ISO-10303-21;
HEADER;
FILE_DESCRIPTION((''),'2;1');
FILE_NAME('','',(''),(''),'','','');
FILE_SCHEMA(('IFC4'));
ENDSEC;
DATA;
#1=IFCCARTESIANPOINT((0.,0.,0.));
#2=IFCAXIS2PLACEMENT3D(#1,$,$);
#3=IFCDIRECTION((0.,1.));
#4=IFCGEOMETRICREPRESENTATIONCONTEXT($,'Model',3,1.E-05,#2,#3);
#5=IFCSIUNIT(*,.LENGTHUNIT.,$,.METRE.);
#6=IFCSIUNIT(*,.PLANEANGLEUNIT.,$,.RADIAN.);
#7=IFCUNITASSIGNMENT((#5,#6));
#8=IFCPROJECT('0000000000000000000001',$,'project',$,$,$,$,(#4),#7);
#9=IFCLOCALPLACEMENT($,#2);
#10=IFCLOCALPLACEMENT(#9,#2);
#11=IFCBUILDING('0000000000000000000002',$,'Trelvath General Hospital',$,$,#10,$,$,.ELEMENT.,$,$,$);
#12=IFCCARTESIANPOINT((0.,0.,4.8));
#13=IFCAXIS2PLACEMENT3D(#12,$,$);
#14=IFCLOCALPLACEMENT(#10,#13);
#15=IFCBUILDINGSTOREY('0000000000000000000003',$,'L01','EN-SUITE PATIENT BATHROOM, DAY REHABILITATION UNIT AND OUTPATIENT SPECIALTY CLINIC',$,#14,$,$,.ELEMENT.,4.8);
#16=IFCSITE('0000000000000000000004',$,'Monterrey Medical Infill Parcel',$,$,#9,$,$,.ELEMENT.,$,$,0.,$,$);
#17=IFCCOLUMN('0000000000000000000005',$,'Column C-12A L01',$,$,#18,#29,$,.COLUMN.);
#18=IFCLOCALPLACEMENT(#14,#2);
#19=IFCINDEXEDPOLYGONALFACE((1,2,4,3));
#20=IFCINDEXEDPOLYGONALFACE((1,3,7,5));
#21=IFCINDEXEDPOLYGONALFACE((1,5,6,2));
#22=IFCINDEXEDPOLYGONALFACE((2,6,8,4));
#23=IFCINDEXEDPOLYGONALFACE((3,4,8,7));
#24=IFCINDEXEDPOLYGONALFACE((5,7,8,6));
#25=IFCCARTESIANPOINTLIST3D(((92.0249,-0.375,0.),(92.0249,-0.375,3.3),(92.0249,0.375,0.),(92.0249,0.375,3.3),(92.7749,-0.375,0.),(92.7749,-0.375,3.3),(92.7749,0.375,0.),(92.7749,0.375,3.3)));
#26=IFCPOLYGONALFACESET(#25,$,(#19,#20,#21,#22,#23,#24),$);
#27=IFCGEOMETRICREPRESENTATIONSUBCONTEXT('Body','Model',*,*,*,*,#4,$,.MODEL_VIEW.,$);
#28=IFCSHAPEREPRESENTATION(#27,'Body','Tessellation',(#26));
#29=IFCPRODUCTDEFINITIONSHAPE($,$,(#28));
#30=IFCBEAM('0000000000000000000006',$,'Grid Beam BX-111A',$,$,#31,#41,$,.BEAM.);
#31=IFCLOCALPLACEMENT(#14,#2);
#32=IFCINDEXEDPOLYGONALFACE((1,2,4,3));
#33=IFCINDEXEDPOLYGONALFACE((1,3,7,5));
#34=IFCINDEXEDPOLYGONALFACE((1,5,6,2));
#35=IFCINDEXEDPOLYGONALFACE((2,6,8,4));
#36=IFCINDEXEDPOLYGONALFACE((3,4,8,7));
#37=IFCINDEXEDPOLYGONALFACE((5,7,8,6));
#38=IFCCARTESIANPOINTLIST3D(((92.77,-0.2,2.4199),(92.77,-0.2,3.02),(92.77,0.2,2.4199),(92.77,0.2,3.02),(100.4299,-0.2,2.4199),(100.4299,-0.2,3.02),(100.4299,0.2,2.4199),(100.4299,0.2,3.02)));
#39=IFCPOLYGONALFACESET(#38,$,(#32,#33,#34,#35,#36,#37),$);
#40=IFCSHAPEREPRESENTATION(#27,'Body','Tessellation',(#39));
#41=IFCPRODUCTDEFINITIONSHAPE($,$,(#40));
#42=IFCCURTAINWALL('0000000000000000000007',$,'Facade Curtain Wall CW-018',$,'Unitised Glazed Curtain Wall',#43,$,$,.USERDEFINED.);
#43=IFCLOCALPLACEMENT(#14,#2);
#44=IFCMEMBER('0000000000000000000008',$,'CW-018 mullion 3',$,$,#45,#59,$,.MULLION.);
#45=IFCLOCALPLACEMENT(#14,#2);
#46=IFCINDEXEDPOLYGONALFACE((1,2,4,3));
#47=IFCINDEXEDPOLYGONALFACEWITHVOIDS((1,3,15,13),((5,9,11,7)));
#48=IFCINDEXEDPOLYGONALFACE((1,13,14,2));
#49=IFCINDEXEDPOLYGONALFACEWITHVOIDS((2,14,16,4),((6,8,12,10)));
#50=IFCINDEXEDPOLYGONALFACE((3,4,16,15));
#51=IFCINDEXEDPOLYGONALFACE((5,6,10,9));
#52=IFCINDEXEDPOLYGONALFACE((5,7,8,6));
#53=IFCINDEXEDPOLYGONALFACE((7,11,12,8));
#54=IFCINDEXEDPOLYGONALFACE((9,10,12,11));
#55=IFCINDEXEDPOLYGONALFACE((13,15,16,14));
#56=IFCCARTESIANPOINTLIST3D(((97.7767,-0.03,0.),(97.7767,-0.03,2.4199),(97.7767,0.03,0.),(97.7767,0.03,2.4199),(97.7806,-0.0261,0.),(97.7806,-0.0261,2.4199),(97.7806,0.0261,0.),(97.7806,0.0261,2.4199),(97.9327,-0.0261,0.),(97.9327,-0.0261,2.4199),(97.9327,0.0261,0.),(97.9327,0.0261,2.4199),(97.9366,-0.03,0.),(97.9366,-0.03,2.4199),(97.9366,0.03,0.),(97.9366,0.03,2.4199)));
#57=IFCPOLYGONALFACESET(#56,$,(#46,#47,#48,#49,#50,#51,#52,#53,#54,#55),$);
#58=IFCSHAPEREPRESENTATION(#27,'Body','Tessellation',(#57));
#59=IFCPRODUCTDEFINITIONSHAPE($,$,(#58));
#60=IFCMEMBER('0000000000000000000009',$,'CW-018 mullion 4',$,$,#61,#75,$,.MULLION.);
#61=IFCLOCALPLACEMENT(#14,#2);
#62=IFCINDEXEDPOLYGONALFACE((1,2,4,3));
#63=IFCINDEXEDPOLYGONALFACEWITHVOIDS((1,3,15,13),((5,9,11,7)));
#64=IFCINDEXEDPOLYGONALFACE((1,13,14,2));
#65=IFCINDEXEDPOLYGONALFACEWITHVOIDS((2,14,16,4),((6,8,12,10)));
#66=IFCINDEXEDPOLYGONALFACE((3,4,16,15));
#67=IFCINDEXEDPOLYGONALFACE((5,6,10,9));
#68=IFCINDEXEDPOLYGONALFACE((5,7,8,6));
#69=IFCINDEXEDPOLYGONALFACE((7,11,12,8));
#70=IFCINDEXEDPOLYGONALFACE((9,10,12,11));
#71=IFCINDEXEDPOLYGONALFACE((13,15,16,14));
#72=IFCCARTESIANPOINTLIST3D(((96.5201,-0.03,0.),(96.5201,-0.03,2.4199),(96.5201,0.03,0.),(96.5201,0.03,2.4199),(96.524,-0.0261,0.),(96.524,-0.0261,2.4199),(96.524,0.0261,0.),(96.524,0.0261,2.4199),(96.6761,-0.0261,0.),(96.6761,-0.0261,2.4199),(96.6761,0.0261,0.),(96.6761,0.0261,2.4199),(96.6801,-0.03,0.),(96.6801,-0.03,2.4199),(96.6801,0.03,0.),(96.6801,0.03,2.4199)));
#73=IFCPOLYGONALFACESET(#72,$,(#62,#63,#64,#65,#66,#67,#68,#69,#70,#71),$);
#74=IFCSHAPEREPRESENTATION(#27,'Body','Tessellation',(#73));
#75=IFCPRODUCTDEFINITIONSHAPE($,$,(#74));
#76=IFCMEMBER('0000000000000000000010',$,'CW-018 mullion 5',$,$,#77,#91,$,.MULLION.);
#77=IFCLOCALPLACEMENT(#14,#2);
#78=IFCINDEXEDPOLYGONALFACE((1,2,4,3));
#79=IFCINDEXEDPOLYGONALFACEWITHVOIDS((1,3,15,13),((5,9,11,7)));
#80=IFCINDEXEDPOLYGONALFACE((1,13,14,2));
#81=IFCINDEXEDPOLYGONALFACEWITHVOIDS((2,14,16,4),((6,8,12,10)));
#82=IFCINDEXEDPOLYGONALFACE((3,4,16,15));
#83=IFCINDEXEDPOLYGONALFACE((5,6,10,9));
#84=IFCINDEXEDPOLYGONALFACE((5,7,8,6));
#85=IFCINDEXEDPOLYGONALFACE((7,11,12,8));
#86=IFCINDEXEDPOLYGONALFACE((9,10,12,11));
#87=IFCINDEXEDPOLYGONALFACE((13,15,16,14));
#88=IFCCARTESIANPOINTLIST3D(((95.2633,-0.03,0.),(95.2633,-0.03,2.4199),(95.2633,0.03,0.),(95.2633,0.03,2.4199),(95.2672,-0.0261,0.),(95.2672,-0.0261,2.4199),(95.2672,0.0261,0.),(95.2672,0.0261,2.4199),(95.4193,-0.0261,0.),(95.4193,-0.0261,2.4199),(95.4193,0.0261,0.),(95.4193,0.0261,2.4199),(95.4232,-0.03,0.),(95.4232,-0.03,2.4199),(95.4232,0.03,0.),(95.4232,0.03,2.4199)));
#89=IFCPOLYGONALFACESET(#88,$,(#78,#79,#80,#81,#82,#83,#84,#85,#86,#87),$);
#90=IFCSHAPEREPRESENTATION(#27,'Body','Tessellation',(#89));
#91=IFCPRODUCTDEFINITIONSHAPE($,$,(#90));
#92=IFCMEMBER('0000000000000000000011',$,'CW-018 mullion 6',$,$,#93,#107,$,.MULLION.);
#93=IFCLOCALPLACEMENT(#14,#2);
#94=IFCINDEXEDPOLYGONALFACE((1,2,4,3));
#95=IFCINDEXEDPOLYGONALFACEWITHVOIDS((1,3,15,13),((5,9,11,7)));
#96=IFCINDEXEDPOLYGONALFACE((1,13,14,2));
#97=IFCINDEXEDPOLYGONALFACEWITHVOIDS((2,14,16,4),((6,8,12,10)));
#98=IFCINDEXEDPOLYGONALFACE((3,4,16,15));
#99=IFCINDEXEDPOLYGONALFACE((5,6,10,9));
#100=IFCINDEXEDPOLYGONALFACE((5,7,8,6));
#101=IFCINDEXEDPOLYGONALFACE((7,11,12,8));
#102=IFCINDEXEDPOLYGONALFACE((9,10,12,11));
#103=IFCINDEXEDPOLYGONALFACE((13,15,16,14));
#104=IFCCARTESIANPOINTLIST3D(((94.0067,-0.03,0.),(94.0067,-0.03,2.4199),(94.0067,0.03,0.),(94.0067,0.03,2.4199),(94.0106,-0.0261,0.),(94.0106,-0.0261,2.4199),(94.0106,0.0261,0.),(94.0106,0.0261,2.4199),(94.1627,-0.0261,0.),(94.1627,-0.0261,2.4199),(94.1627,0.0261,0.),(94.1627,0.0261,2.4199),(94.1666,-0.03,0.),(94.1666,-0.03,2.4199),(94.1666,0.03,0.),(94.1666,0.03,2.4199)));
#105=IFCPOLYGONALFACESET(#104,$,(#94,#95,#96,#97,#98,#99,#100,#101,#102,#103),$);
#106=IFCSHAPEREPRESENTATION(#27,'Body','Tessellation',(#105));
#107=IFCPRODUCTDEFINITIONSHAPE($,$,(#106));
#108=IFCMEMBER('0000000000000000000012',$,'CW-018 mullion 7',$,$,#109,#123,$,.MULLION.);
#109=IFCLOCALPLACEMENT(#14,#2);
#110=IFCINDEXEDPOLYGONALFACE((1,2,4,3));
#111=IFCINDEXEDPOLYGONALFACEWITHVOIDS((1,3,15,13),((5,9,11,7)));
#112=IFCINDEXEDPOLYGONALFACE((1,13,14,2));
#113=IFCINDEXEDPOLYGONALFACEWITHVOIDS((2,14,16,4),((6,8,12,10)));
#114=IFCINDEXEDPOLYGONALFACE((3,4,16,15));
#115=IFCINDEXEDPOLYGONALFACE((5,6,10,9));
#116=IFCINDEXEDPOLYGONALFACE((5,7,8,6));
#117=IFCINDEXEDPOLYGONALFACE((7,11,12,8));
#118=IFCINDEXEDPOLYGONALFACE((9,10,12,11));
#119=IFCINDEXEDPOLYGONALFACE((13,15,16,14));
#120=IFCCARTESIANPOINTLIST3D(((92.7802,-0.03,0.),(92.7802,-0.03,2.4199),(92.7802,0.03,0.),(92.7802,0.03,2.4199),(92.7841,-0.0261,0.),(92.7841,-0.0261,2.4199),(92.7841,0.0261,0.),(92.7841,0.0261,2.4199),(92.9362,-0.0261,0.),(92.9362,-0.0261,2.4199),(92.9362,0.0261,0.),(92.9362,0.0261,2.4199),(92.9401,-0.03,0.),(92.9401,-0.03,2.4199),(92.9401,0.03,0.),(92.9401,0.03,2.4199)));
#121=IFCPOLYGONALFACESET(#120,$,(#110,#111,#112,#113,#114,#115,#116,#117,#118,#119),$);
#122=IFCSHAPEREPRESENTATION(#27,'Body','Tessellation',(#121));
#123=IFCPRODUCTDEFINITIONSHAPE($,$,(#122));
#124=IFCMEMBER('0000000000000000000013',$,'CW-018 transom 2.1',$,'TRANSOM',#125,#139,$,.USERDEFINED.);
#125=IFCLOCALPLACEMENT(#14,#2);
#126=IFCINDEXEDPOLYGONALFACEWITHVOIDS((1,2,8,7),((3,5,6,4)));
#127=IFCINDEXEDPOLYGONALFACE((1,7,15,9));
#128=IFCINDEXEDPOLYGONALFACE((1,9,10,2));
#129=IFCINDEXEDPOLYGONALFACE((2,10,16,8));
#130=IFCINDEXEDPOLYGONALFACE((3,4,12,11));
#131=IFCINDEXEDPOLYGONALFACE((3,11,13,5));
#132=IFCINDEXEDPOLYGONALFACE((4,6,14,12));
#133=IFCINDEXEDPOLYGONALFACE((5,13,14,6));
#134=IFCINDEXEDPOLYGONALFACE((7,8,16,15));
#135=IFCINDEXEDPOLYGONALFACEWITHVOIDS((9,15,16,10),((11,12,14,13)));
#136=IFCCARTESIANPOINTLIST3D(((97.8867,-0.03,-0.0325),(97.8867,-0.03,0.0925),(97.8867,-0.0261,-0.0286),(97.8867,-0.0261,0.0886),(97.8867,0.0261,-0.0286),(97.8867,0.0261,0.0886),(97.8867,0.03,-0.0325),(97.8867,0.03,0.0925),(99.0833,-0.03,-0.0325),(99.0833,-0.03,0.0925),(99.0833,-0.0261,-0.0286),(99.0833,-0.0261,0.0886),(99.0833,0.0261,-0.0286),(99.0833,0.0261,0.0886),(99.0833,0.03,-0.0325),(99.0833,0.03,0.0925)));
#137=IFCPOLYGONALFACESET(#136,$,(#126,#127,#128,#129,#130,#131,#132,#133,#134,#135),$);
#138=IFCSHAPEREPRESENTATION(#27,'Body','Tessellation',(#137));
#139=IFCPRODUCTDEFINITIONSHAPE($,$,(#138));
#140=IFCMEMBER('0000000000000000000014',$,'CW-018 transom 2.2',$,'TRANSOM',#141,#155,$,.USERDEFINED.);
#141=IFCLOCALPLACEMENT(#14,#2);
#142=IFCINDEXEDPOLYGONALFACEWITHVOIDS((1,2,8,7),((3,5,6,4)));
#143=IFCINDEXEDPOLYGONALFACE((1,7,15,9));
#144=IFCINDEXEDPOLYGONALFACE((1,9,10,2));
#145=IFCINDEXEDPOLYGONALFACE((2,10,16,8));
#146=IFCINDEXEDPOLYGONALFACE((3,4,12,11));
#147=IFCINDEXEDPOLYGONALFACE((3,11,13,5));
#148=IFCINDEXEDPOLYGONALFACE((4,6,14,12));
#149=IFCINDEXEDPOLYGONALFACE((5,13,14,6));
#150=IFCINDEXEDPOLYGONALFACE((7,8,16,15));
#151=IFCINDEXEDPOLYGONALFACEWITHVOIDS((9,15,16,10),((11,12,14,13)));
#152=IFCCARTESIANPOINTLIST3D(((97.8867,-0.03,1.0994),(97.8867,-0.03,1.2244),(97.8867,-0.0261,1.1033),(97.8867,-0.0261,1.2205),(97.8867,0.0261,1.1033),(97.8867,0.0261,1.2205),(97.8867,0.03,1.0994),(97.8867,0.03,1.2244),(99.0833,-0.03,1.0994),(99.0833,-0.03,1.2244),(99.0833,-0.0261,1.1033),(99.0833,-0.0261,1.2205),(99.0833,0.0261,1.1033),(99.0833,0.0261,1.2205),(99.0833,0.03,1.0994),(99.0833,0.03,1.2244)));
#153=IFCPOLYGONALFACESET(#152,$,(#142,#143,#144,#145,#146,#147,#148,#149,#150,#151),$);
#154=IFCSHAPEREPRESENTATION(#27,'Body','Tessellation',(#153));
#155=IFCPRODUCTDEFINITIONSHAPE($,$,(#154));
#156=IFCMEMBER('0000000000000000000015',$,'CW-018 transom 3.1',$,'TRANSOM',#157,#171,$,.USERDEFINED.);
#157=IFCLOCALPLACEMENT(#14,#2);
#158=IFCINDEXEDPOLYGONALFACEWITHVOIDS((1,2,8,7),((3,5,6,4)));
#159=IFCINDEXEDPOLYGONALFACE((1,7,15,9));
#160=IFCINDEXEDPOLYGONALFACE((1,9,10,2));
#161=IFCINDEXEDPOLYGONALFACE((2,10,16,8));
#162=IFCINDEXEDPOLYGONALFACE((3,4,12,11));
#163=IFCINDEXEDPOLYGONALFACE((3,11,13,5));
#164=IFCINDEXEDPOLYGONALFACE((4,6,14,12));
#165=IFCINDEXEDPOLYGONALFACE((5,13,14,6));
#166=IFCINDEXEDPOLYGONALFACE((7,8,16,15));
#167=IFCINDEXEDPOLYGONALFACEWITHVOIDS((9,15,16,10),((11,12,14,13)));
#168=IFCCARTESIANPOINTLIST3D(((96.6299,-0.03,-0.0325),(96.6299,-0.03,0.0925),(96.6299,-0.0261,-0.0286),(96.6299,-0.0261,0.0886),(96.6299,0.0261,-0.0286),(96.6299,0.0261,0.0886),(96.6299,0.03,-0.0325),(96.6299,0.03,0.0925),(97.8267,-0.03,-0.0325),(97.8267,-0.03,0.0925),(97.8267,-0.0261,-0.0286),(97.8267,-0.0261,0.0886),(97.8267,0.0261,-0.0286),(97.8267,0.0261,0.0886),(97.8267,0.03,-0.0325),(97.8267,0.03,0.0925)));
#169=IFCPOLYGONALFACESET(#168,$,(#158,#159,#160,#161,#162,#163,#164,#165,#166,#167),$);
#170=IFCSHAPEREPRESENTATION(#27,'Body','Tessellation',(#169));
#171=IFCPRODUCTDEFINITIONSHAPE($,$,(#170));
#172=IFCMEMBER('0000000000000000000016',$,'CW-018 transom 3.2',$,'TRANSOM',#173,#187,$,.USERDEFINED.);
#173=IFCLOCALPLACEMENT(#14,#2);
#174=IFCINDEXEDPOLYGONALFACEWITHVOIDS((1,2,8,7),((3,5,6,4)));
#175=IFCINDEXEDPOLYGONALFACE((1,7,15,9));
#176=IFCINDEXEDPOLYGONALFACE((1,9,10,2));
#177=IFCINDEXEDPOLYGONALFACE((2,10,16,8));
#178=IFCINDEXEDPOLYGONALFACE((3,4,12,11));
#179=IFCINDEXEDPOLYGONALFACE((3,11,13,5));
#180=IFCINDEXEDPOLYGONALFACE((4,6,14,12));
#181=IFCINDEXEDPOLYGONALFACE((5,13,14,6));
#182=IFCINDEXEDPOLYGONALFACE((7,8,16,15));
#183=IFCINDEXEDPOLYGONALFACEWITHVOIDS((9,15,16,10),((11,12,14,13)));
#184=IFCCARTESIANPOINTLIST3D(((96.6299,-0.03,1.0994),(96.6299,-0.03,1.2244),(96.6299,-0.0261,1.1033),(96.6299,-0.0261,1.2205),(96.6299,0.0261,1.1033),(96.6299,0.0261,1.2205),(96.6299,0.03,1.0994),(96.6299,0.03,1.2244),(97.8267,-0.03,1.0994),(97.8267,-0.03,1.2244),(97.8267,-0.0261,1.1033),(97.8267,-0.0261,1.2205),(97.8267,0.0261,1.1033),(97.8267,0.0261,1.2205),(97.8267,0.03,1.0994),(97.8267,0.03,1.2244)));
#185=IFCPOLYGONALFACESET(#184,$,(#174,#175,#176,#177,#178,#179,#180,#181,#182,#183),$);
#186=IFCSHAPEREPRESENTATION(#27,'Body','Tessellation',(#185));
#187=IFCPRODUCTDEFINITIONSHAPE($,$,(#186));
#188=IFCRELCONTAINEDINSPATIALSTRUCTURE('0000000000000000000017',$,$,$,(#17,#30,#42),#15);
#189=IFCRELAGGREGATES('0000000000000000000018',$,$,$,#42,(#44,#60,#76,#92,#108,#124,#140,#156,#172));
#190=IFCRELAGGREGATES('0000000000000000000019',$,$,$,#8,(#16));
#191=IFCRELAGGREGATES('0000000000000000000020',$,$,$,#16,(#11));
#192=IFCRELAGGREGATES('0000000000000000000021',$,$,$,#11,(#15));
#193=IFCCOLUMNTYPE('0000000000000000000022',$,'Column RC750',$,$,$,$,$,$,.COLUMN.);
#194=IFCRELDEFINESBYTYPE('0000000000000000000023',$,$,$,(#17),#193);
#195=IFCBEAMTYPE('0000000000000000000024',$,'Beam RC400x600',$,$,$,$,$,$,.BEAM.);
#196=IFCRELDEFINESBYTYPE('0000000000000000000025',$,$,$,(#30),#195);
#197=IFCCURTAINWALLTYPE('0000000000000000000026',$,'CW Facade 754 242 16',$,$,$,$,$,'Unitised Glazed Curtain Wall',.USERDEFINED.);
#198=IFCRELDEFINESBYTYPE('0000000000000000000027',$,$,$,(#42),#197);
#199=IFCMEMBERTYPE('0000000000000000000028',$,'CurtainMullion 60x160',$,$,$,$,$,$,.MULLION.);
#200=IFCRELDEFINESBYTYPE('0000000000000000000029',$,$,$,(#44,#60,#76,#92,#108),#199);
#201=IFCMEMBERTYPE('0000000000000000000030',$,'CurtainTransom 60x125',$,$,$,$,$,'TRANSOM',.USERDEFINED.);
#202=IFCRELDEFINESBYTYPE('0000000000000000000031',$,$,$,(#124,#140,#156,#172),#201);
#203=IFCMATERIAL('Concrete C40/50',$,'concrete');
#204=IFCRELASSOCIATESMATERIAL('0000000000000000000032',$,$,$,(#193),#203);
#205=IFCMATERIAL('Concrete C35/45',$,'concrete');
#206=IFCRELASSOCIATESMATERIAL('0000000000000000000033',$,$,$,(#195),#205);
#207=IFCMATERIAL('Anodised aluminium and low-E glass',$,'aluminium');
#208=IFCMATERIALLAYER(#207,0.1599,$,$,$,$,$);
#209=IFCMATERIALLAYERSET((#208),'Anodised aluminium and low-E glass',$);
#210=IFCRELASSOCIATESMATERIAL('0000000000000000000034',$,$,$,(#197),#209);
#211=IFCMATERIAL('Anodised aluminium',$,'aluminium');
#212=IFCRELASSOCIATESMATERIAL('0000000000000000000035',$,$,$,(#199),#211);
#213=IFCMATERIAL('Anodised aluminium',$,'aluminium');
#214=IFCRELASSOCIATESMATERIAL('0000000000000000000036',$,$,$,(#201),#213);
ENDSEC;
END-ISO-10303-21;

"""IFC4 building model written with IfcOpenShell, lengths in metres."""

from ifc_helpers import new_model, si_unit, direction, frame, origin, origin_2d, place, context, subcontext, project, spatial, rectangle, hollow_rectangle, extrude, material, layer, layer_set, material_profile, profile_set, type_object, element, aggregate, save


model = new_model("IFC4")

# Units and contexts
model_context = context("Model", 3, precision=1e-05, world=origin(), true_north=direction((0.0, 1.0)))
body_context = subcontext(model_context, "Body", "Model", "MODEL_VIEW")
ifc_project = project(units=[si_unit("LENGTHUNIT", "METRE"), si_unit("PLANEANGLEUNIT", "RADIAN")], contexts=[model_context])

# Site, building, storey
site_placement = place(None, origin())
site = spatial("IfcSite", under=ifc_project, at=site_placement, Name="Monterrey Medical Infill Parcel", CompositionType="ELEMENT", RefElevation=0.0)
building_placement = place(site_placement, origin())
building = spatial("IfcBuilding", under=site, at=building_placement, Name="Trelvath General Hospital", CompositionType="ELEMENT")
storey_placement = place(building_placement, frame((0.0, 0.0, 4.8)))
storey = spatial("IfcBuildingStorey", under=building, at=storey_placement, Name="L01", Description="EN-SUITE PATIENT BATHROOM, DAY REHABILITATION UNIT AND OUTPATIENT SPECIALTY CLINIC", CompositionType="ELEMENT", Elevation=4.8)

# Column
ifc_material_1 = material(Name="Concrete C40/50", Category="concrete")
ifc_material_profile_1 = material_profile(ifc_material_1, rectangle(XDim=0.75, YDim=0.75, at=origin_2d()), Name="RC750x750")
ifc_profile_set_1 = profile_set([ifc_material_profile_1], Name="Concrete C40/50")
column_type = type_object("IfcColumnType", Name="Column RC750", PredefinedType="COLUMN", material=ifc_profile_set_1)
column_placement = place(storey_placement, frame((92.3999, 0.0, 0.0), z_axis=(0.0, 0.0, 1.0), x_axis=(1.0, 0.0, 0.0)))
element("IfcColumn", 1, at=column_placement, inside=storey, type_object=column_type, Name="Column C-12A L01", PredefinedType="COLUMN", context=body_context, shape_type="SweptSolid", body=[
    extrude(rectangle(XDim=0.75, YDim=0.75, at=origin_2d()), origin(), (0.0, 0.0, 1.0), 3.3),
])

# Beam
ifc_material_2 = material(Name="Concrete C35/45", Category="concrete")
ifc_material_profile_2 = material_profile(ifc_material_2, rectangle(XDim=0.3999, YDim=0.6001, at=origin_2d()), Name="RCB400x600")
ifc_profile_set_2 = profile_set([ifc_material_profile_2], Name="Concrete C35/45")
beam_type = type_object("IfcBeamType", Name="Beam RC400x600", PredefinedType="BEAM", material=ifc_profile_set_2)
beam_placement = place(storey_placement, frame((92.77, 0.0, 2.72), z_axis=(1.0, 0.0, 0.0), x_axis=(0.0, 1.0, 0.0)))
element("IfcBeam", 2, at=beam_placement, inside=storey, type_object=beam_type, Name="Grid Beam BX-111A", PredefinedType="BEAM", context=body_context, shape_type="SweptSolid", body=[
    extrude(rectangle(XDim=0.3999, YDim=0.6001, at=origin_2d()), origin(), (0.0, 0.0, 1.0), 7.6599),
])

# Curtain wall, members
ifc_material_3 = material(Name="Anodised aluminium and low-E glass", Category="aluminium")
ifc_layer_1 = layer(ifc_material_3, 0.1599)
ifc_layer_set_1 = layer_set([ifc_layer_1], Name="Anodised aluminium and low-E glass")
curtain_wall_type = type_object("IfcCurtainWallType", Name="CW Facade 754 242 16", ElementType="Unitised Glazed Curtain Wall", PredefinedType="USERDEFINED", material=ifc_layer_set_1)
curtain_wall_placement = place(storey_placement, origin())
curtain_wall = element("IfcCurtainWall", 3, at=curtain_wall_placement, inside=storey, type_object=curtain_wall_type, Name="Facade Curtain Wall CW-018", ObjectType="Unitised Glazed Curtain Wall", PredefinedType="USERDEFINED")
ifc_material_4 = material(Name="Anodised aluminium", Category="aluminium")
ifc_material_profile_3 = material_profile(ifc_material_4, hollow_rectangle(XDim=0.0601, YDim=0.1599, WallThickness=0.0039, at=origin_2d()), Name="RHS60x160x4")
ifc_profile_set_3 = profile_set([ifc_material_profile_3], Name="Anodised aluminium")
member_type_1 = type_object("IfcMemberType", Name="CurtainMullion 60x160", PredefinedType="MULLION", material=ifc_profile_set_3)
member_1_placement = place(storey_placement, frame((97.8567, 0.0, 0.0), z_axis=(0.0, 0.0, 1.0), x_axis=(0.0, -1.0, 0.0)))
member_1 = element("IfcMember", 4, at=member_1_placement, type_object=member_type_1, Name="CW-018 mullion 3", PredefinedType="MULLION", context=body_context, shape_type="SweptSolid", body=[
    extrude(hollow_rectangle(XDim=0.0601, YDim=0.1599, WallThickness=0.0039, at=origin_2d()), origin(), (0.0, 0.0, 1.0), 2.4199),
])
member_2_placement = place(storey_placement, frame((96.6001, 0.0, 0.0), z_axis=(0.0, 0.0, 1.0), x_axis=(0.0, -1.0, 0.0)))
member_2 = element("IfcMember", 5, at=member_2_placement, type_object=member_type_1, Name="CW-018 mullion 4", PredefinedType="MULLION", context=body_context, shape_type="SweptSolid", body=[
    extrude(hollow_rectangle(XDim=0.0601, YDim=0.1599, WallThickness=0.0039, at=origin_2d()), origin(), (0.0, 0.0, 1.0), 2.4199),
])
member_3_placement = place(storey_placement, frame((95.3433, 0.0, 0.0), z_axis=(0.0, 0.0, 1.0), x_axis=(0.0, -1.0, 0.0)))
member_3 = element("IfcMember", 6, at=member_3_placement, type_object=member_type_1, Name="CW-018 mullion 5", PredefinedType="MULLION", context=body_context, shape_type="SweptSolid", body=[
    extrude(hollow_rectangle(XDim=0.0601, YDim=0.1599, WallThickness=0.0039, at=origin_2d()), origin(), (0.0, 0.0, 1.0), 2.4199),
])
member_4_placement = place(storey_placement, frame((94.0867, 0.0, 0.0), z_axis=(0.0, 0.0, 1.0), x_axis=(0.0, -1.0, 0.0)))
member_4 = element("IfcMember", 7, at=member_4_placement, type_object=member_type_1, Name="CW-018 mullion 6", PredefinedType="MULLION", context=body_context, shape_type="SweptSolid", body=[
    extrude(hollow_rectangle(XDim=0.0601, YDim=0.1599, WallThickness=0.0039, at=origin_2d()), origin(), (0.0, 0.0, 1.0), 2.4199),
])
member_5_placement = place(storey_placement, frame((92.8601, 0.0, 0.0), z_axis=(0.0, 0.0, 1.0), x_axis=(0.0, -1.0, 0.0)))
member_5 = element("IfcMember", 8, at=member_5_placement, type_object=member_type_1, Name="CW-018 mullion 7", PredefinedType="MULLION", context=body_context, shape_type="SweptSolid", body=[
    extrude(hollow_rectangle(XDim=0.0601, YDim=0.1599, WallThickness=0.0039, at=origin_2d()), origin(), (0.0, 0.0, 1.0), 2.4199),
])
ifc_material_5 = material(Name="Anodised aluminium", Category="aluminium")
ifc_material_profile_4 = material_profile(ifc_material_5, hollow_rectangle(XDim=0.0601, YDim=0.125, WallThickness=0.0039, at=origin_2d()), Name="RHS60x125x4")
ifc_profile_set_4 = profile_set([ifc_material_profile_4], Name="Anodised aluminium")
member_type_2 = type_object("IfcMemberType", Name="CurtainTransom 60x125", ElementType="TRANSOM", PredefinedType="USERDEFINED", material=ifc_profile_set_4)
member_6_placement = place(storey_placement, frame((99.0833, 0.0, 0.03), z_axis=(-1.0, 0.0, 0.0), x_axis=(0.0, -1.0, 0.0)))
member_6 = element("IfcMember", 9, at=member_6_placement, type_object=member_type_2, Name="CW-018 transom 2.1", ObjectType="TRANSOM", PredefinedType="USERDEFINED", context=body_context, shape_type="SweptSolid", body=[
    extrude(hollow_rectangle(XDim=0.0601, YDim=0.125, WallThickness=0.0039, at=origin_2d()), origin(), (0.0, 0.0, 1.0), 1.1965),
])
member_7_placement = place(storey_placement, frame((99.0833, 0.0, 1.1619), z_axis=(-1.0, 0.0, 0.0), x_axis=(0.0, -1.0, 0.0)))
member_7 = element("IfcMember", 10, at=member_7_placement, type_object=member_type_2, Name="CW-018 transom 2.2", ObjectType="TRANSOM", PredefinedType="USERDEFINED", context=body_context, shape_type="SweptSolid", body=[
    extrude(hollow_rectangle(XDim=0.0601, YDim=0.125, WallThickness=0.0039, at=origin_2d()), origin(), (0.0, 0.0, 1.0), 1.1965),
])
member_8_placement = place(storey_placement, frame((97.8267, 0.0, 0.03), z_axis=(-1.0, 0.0, 0.0), x_axis=(0.0, -1.0, 0.0)))
member_8 = element("IfcMember", 11, at=member_8_placement, type_object=member_type_2, Name="CW-018 transom 3.1", ObjectType="TRANSOM", PredefinedType="USERDEFINED", context=body_context, shape_type="SweptSolid", body=[
    extrude(hollow_rectangle(XDim=0.0601, YDim=0.125, WallThickness=0.0039, at=origin_2d()), origin(), (0.0, 0.0, 1.0), 1.1968),
])
member_9_placement = place(storey_placement, frame((97.8267, 0.0, 1.1619), z_axis=(-1.0, 0.0, 0.0), x_axis=(0.0, -1.0, 0.0)))
member_9 = element("IfcMember", 12, at=member_9_placement, type_object=member_type_2, Name="CW-018 transom 3.2", ObjectType="TRANSOM", PredefinedType="USERDEFINED", context=body_context, shape_type="SweptSolid", body=[
    extrude(hollow_rectangle(XDim=0.0601, YDim=0.125, WallThickness=0.0039, at=origin_2d()), origin(), (0.0, 0.0, 1.0), 1.1968),
])
aggregate(curtain_wall, [member_1, member_2, member_3, member_4, member_5, member_6, member_7, member_8, member_9])

save(model, "model.ifc")
